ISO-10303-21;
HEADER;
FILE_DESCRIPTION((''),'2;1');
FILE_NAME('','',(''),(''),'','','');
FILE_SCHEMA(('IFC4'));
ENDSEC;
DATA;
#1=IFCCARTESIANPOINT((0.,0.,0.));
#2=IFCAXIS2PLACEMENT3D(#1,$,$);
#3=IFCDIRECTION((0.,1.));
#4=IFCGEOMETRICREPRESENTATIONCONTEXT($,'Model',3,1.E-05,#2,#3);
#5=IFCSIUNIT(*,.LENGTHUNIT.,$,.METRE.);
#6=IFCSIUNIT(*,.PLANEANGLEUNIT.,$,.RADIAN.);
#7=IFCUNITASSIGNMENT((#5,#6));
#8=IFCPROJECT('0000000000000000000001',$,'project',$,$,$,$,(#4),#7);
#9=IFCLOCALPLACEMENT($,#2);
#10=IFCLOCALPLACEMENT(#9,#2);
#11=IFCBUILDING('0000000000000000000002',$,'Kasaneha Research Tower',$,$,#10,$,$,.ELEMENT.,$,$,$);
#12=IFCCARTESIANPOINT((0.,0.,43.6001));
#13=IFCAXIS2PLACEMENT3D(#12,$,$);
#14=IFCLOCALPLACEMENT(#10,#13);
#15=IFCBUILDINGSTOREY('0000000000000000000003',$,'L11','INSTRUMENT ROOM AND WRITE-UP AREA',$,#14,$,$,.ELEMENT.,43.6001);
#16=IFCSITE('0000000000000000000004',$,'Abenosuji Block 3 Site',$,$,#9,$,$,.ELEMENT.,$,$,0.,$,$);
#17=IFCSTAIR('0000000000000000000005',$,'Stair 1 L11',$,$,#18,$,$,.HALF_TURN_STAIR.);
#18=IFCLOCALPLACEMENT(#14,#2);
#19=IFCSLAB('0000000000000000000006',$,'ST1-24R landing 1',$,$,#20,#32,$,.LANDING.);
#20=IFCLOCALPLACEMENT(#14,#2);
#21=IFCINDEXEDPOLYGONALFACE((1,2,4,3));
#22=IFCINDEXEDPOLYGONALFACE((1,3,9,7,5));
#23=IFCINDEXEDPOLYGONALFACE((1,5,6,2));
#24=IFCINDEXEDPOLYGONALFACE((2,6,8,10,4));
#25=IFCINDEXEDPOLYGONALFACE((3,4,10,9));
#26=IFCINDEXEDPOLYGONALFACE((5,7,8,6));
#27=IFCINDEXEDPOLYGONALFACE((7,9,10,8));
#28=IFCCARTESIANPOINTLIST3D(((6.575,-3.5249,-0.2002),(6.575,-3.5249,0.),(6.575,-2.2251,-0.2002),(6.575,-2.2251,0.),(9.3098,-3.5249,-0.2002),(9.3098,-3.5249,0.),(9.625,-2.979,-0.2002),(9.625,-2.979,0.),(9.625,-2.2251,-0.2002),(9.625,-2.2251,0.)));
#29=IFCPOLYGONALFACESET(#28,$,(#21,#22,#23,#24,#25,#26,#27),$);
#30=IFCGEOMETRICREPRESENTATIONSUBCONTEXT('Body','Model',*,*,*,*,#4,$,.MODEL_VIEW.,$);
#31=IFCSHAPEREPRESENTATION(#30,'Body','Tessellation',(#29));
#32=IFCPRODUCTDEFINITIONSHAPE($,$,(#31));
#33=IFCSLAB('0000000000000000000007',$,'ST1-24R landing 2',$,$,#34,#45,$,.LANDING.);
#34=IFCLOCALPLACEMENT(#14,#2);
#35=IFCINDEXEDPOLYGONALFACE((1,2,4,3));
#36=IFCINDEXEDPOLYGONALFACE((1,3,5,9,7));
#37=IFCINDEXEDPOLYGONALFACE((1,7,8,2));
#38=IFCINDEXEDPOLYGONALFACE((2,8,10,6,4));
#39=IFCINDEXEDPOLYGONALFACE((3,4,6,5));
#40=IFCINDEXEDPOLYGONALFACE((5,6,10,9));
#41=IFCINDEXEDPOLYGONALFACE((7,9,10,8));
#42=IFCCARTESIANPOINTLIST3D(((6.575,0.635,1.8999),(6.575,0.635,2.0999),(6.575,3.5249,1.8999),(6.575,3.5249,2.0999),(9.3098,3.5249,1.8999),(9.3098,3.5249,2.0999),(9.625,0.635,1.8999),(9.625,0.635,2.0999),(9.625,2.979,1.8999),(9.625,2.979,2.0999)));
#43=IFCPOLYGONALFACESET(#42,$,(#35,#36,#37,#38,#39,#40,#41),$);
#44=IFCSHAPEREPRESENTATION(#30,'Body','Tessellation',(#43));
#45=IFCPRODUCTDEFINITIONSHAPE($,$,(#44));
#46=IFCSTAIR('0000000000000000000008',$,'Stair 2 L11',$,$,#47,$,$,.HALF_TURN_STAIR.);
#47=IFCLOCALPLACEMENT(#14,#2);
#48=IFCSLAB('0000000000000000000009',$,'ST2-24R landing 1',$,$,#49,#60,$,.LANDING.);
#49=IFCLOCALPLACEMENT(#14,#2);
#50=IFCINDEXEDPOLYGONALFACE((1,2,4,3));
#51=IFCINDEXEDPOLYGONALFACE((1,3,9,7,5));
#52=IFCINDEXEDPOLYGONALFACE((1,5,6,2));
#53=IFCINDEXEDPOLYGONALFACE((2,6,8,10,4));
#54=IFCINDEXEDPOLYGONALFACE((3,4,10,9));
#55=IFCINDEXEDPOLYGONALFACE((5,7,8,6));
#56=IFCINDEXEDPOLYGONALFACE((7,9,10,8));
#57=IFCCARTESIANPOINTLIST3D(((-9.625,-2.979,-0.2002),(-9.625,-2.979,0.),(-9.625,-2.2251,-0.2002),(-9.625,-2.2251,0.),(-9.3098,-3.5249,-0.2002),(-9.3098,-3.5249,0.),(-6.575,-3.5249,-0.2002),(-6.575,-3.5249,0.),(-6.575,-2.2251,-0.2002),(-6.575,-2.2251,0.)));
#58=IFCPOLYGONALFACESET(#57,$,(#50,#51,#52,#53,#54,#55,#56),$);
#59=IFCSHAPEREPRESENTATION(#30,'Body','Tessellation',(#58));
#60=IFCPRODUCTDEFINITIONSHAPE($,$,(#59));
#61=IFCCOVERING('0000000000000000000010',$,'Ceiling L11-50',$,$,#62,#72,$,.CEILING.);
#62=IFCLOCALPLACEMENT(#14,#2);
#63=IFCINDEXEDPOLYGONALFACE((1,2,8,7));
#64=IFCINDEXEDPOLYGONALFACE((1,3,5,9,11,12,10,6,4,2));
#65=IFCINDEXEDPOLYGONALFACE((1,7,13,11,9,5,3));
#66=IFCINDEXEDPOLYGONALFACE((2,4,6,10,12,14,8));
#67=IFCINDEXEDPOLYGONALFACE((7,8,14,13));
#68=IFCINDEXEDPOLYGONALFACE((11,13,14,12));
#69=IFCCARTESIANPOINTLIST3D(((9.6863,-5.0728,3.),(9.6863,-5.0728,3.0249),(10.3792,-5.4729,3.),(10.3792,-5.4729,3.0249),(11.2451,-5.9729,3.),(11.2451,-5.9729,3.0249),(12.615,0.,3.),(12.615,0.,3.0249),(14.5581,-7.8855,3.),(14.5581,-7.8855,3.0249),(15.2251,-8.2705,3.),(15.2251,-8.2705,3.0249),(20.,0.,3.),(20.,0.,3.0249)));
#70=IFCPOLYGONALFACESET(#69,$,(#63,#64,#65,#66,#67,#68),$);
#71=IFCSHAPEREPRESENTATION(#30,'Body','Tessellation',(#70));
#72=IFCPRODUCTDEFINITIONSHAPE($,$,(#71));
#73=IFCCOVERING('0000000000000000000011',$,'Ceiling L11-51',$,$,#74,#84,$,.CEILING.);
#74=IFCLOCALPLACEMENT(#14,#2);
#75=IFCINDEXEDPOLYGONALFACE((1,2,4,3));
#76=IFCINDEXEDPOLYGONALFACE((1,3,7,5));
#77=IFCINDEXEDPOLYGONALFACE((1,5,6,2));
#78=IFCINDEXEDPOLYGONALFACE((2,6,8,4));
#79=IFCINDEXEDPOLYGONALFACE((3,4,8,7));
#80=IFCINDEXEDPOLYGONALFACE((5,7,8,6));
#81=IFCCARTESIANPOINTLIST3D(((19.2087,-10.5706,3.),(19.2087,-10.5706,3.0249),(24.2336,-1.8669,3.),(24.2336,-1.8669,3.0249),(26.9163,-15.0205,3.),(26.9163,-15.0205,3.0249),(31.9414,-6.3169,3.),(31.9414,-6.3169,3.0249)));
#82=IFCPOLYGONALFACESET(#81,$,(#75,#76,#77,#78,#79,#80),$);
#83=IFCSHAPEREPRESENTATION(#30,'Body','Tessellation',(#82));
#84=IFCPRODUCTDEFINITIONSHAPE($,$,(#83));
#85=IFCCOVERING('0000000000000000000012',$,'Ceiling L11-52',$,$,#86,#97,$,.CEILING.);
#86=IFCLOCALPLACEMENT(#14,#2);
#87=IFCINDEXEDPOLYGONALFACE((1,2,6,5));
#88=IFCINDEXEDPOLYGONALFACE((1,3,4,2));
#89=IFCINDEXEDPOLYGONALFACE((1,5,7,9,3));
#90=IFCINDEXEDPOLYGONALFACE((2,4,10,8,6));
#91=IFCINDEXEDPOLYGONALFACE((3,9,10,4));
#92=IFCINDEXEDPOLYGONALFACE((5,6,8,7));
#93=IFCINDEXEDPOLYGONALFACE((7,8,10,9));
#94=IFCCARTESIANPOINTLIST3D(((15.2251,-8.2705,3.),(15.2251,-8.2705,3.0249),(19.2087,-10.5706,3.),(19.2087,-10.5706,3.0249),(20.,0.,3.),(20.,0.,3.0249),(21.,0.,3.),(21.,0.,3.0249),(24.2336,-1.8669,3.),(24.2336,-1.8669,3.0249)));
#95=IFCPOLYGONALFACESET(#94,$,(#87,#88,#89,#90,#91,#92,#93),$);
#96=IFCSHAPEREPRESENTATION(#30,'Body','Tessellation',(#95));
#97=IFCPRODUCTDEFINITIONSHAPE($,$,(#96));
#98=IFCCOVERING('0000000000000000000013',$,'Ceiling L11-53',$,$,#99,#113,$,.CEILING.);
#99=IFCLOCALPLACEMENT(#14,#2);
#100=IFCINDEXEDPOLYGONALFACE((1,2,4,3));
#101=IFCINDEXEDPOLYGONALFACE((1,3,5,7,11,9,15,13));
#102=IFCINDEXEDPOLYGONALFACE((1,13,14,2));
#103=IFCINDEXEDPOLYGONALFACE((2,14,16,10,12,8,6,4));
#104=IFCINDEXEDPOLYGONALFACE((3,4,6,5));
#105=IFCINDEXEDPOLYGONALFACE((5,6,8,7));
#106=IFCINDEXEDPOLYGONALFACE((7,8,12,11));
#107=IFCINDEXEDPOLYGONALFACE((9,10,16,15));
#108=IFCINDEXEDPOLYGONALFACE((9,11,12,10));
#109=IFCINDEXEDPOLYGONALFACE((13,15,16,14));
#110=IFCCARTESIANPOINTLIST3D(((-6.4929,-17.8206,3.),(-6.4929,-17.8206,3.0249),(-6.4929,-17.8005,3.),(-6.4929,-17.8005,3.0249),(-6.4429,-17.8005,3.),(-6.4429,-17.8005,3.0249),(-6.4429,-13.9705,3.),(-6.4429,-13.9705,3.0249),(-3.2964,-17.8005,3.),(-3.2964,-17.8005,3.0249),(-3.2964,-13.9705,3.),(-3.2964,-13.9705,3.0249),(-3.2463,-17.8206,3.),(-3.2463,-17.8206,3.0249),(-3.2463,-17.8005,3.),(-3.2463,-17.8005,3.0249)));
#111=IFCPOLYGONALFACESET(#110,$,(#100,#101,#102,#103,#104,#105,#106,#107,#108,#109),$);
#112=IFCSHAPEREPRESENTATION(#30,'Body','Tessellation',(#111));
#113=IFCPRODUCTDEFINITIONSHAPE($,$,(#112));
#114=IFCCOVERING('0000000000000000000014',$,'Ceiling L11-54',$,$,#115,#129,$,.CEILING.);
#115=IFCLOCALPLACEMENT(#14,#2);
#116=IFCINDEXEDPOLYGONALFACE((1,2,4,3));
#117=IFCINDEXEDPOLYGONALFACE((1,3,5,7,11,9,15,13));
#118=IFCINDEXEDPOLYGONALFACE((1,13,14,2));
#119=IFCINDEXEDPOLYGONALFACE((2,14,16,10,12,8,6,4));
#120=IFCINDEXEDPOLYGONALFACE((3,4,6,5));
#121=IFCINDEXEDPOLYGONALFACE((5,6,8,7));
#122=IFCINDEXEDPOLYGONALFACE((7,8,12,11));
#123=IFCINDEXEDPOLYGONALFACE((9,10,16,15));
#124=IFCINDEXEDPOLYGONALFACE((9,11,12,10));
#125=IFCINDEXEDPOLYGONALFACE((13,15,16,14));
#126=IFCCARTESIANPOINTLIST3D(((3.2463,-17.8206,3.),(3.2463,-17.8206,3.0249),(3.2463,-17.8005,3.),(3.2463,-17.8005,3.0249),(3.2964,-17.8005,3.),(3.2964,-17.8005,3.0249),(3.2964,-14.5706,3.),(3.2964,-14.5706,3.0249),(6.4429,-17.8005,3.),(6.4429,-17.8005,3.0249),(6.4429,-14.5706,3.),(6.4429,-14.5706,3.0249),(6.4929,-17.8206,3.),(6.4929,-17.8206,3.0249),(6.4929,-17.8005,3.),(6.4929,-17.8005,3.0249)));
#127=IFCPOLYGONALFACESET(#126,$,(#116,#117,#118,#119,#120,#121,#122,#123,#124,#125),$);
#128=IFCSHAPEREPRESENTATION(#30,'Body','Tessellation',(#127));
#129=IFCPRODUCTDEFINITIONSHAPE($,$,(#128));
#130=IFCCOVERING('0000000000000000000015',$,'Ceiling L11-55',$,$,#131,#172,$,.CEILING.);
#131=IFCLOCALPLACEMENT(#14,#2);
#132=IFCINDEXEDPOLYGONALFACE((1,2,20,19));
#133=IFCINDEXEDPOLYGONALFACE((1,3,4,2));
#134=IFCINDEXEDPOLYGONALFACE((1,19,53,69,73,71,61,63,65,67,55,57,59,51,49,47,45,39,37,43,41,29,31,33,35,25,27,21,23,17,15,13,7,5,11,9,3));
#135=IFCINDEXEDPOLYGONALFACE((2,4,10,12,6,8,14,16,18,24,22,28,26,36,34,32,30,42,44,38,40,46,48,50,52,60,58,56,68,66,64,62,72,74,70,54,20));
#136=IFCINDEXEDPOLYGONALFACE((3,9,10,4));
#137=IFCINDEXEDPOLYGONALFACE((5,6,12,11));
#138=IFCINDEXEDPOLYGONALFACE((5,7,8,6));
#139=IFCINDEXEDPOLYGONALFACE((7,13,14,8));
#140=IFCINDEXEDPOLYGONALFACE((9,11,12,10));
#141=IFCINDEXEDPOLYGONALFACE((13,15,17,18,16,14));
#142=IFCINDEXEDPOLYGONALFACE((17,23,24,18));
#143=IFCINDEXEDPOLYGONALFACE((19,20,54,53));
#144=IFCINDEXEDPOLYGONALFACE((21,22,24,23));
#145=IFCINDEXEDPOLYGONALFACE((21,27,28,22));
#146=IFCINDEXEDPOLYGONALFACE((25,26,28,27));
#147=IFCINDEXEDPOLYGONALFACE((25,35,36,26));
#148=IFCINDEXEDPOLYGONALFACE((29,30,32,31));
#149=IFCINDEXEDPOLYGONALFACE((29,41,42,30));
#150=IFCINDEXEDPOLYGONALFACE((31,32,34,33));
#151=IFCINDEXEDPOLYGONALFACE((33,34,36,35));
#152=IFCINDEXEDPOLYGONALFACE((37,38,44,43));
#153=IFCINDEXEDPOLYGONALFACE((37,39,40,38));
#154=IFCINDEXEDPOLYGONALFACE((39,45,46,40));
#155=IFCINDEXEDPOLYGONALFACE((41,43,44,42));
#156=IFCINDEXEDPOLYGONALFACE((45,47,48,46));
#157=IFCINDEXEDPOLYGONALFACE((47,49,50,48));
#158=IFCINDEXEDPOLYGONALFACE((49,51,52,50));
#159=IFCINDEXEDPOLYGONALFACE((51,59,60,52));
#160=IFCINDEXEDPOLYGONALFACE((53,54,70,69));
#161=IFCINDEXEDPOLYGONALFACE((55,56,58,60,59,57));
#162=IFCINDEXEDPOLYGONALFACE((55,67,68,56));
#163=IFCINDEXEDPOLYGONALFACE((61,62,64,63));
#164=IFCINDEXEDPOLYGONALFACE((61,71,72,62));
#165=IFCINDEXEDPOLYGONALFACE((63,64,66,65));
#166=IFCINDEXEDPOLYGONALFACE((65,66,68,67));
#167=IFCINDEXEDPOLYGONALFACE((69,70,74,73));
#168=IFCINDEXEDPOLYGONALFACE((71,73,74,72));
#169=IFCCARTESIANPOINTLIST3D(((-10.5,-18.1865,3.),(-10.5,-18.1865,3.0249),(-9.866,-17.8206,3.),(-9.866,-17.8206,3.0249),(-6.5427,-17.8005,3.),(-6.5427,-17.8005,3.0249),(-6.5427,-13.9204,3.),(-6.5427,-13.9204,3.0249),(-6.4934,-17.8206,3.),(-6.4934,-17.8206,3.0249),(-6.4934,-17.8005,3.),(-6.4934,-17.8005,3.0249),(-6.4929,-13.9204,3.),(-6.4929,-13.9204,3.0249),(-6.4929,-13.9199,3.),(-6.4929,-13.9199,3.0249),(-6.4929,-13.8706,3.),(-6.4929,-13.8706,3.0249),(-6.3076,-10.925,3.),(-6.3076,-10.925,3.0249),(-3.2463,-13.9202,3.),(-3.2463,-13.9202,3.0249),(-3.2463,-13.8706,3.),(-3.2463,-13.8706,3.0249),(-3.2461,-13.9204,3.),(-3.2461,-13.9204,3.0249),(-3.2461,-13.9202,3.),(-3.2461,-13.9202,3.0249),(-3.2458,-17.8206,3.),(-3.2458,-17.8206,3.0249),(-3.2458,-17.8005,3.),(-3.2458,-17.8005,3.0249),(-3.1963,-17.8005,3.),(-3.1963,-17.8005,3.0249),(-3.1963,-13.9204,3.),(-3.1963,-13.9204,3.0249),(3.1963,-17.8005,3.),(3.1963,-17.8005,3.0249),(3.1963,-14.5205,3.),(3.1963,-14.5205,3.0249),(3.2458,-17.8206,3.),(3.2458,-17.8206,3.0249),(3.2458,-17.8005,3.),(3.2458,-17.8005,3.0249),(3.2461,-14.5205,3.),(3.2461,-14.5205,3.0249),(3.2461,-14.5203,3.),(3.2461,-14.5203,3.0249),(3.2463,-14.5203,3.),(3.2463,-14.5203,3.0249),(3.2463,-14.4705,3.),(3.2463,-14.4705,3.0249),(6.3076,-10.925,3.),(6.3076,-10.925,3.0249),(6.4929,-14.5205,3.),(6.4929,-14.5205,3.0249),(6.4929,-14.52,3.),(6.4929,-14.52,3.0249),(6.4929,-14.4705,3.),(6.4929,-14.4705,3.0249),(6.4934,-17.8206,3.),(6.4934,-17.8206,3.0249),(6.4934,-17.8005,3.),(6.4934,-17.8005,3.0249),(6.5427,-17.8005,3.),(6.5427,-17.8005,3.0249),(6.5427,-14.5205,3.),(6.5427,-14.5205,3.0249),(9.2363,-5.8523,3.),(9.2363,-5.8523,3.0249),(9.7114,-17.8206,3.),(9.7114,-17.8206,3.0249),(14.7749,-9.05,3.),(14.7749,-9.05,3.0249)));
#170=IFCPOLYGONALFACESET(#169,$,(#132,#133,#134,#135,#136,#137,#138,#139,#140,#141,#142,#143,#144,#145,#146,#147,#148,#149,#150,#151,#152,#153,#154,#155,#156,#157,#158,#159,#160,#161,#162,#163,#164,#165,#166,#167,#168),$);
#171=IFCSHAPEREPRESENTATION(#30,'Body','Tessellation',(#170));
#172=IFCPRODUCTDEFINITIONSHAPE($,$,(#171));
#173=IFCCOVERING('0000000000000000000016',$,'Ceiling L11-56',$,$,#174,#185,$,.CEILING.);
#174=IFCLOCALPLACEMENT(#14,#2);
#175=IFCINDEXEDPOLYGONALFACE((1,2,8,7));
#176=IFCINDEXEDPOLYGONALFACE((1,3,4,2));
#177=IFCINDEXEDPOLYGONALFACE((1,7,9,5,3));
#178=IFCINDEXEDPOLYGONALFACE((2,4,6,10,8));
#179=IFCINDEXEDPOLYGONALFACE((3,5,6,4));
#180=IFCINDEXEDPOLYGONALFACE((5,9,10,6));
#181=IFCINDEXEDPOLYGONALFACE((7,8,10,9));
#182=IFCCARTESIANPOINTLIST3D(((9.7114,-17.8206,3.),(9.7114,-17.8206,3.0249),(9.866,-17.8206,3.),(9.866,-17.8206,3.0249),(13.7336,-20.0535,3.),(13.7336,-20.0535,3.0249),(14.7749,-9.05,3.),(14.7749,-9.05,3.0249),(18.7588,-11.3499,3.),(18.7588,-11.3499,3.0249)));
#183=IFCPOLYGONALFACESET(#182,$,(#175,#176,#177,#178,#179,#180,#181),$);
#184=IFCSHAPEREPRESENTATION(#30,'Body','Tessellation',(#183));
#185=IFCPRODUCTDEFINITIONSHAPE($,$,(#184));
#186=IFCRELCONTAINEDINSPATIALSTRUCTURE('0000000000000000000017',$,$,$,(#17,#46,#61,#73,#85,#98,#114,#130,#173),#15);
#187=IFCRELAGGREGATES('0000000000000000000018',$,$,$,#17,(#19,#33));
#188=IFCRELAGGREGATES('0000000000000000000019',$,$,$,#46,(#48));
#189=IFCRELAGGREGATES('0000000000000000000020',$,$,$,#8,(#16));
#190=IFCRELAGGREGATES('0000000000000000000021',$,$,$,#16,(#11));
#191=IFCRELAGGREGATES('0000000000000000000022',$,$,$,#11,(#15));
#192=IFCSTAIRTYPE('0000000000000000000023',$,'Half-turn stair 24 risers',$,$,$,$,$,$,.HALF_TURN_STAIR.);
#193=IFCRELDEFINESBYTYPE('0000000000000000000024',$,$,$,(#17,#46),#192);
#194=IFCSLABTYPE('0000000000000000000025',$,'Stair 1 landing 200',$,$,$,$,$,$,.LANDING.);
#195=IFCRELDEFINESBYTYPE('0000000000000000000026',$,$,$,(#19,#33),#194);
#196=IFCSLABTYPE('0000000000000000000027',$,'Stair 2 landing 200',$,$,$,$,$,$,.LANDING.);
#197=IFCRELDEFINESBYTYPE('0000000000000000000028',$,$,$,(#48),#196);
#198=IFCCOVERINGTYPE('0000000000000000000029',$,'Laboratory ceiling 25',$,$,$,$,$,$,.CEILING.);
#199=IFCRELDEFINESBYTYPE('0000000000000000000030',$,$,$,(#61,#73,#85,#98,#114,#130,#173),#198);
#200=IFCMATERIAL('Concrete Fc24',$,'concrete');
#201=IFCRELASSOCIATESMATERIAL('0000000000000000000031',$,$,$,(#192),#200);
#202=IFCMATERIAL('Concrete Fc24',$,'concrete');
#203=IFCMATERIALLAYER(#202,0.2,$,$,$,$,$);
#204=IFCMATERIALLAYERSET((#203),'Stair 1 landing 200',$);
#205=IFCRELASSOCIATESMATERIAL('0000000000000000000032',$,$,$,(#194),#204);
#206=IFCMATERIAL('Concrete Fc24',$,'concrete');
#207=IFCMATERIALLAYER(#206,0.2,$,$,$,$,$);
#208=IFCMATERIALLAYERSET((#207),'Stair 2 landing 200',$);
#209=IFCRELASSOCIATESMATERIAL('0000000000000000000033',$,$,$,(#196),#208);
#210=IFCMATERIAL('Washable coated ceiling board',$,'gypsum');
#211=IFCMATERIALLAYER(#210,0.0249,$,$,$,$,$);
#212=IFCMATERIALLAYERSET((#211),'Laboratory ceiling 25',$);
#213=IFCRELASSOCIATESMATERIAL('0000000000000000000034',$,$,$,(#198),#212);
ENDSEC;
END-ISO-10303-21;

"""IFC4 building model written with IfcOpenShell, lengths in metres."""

from ifc_helpers import new_model, si_unit, direction, frame, origin, place, context, subcontext, project, spatial, polyline, outline, extrude, material, layer, layer_set, type_object, element, aggregate, save


model = new_model("IFC4")

# Units and contexts
model_context = context("Model", 3, precision=1e-05, world=origin(), true_north=direction((0.0, 1.0)))
body_context = subcontext(model_context, "Body", "Model", "MODEL_VIEW")
ifc_project = project(units=[si_unit("LENGTHUNIT", "METRE"), si_unit("PLANEANGLEUNIT", "RADIAN")], contexts=[model_context])

# Site, building, storey
site_placement = place(None, origin())
site = spatial("IfcSite", under=ifc_project, at=site_placement, Name="Abenosuji Block 3 Site", CompositionType="ELEMENT", RefElevation=0.0)
building_placement = place(site_placement, origin())
building = spatial("IfcBuilding", under=site, at=building_placement, Name="Kasaneha Research Tower", CompositionType="ELEMENT")
storey_placement = place(building_placement, frame((0.0, 0.0, 43.6001)))
storey = spatial("IfcBuildingStorey", under=building, at=storey_placement, Name="L11", Description="INSTRUMENT ROOM AND WRITE-UP AREA", CompositionType="ELEMENT", Elevation=43.6001)

# Stair, slabs
ifc_material_1 = material(Name="Concrete Fc24", Category="concrete")
stair_type = type_object("IfcStairType", Name="Half-turn stair 24 risers", PredefinedType="HALF_TURN_STAIR", material=ifc_material_1)
stair_1_placement = place(storey_placement, origin())
stair_1 = element("IfcStair", 1, at=stair_1_placement, inside=storey, type_object=stair_type, Name="Stair 1 L11", PredefinedType="HALF_TURN_STAIR")
ifc_material_2 = material(Name="Concrete Fc24", Category="concrete")
ifc_layer_1 = layer(ifc_material_2, 0.2)
ifc_layer_set_1 = layer_set([ifc_layer_1], Name="Stair 1 landing 200")
slab_type_1 = type_object("IfcSlabType", Name="Stair 1 landing 200", PredefinedType="LANDING", material=ifc_layer_set_1)
slab_1_placement = place(storey_placement, frame((0.0, 0.0, -0.2002)))
slab_1 = element("IfcSlab", 2, at=slab_1_placement, type_object=slab_type_1, Name="ST1-24R landing 1", PredefinedType="LANDING", context=body_context, shape_type="SweptSolid", body=[
    extrude(outline(polyline([(9.3098, -3.5249), (6.575, -3.5249), (6.575, -2.2251), (9.625, -2.2251), (9.625, -2.979), (9.3098, -3.5249)])), origin(), (0.0, 0.0, 1.0), 0.2002),
])
slab_2_placement = place(storey_placement, frame((0.0, 0.0, 1.8999)))
slab_2 = element("IfcSlab", 3, at=slab_2_placement, type_object=slab_type_1, Name="ST1-24R landing 2", PredefinedType="LANDING", context=body_context, shape_type="SweptSolid", body=[
    extrude(outline(polyline([(6.575, 3.5249), (9.3098, 3.5249), (9.625, 2.979), (9.625, 0.635), (6.575, 0.635), (6.575, 3.5249)])), origin(), (0.0, 0.0, 1.0), 0.2),
])
aggregate(stair_1, [slab_1, slab_2])

# Stair, slab
stair_2_placement = place(storey_placement, origin())
stair_2 = element("IfcStair", 4, at=stair_2_placement, inside=storey, type_object=stair_type, Name="Stair 2 L11", PredefinedType="HALF_TURN_STAIR")
ifc_material_3 = material(Name="Concrete Fc24", Category="concrete")
ifc_layer_2 = layer(ifc_material_3, 0.2)
ifc_layer_set_2 = layer_set([ifc_layer_2], Name="Stair 2 landing 200")
slab_type_2 = type_object("IfcSlabType", Name="Stair 2 landing 200", PredefinedType="LANDING", material=ifc_layer_set_2)
slab_3_placement = place(storey_placement, frame((0.0, 0.0, -0.2002)))
slab_3 = element("IfcSlab", 5, at=slab_3_placement, type_object=slab_type_2, Name="ST2-24R landing 1", PredefinedType="LANDING", context=body_context, shape_type="SweptSolid", body=[
    extrude(outline(polyline([(-6.575, -3.5249), (-9.3098, -3.5249), (-9.625, -2.979), (-9.625, -2.2251), (-6.575, -2.2251), (-6.575, -3.5249)])), origin(), (0.0, 0.0, 1.0), 0.2002),
])
aggregate(stair_2, [slab_3])

# Coverings
ifc_material_4 = material(Name="Washable coated ceiling board", Category="gypsum")
ifc_layer_3 = layer(ifc_material_4, 0.0249)
ifc_layer_set_3 = layer_set([ifc_layer_3], Name="Laboratory ceiling 25")
covering_type_1 = type_object("IfcCoveringType", Name="Laboratory ceiling 25", PredefinedType="CEILING", material=ifc_layer_set_3)
covering_1_placement = place(storey_placement, frame((0.0, 0.0, 3.0)))
element("IfcCovering", 6, at=covering_1_placement, inside=storey, type_object=covering_type_1, Name="Ceiling L11-50", PredefinedType="CEILING", context=body_context, shape_type="SweptSolid", body=[
    extrude(outline(polyline([(11.2451, -5.9729), (10.3792, -5.4729), (9.6863, -5.0728), (12.615, 0.0), (20.0, 0.0), (15.2251, -8.2705), (14.5581, -7.8855), (11.2451, -5.9729)])), origin(), (0.0, 0.0, 1.0), 0.0249),
])
covering_2_placement = place(storey_placement, frame((0.0, 0.0, 3.0)))
element("IfcCovering", 7, at=covering_2_placement, inside=storey, type_object=covering_type_1, Name="Ceiling L11-51", PredefinedType="CEILING", context=body_context, shape_type="SweptSolid", body=[
    extrude(outline(polyline([(24.2336, -1.8669), (31.9414, -6.3169), (26.9163, -15.0205), (19.2087, -10.5706), (24.2336, -1.8669)])), origin(), (0.0, 0.0, 1.0), 0.0249),
])
covering_3_placement = place(storey_placement, frame((0.0, 0.0, 3.0)))
element("IfcCovering", 8, at=covering_3_placement, inside=storey, type_object=covering_type_1, Name="Ceiling L11-52", PredefinedType="CEILING", context=body_context, shape_type="SweptSolid", body=[
    extrude(outline(polyline([(20.0, 0.0), (21.0, 0.0), (24.2336, -1.8669), (19.2087, -10.5706), (15.2251, -8.2705), (20.0, 0.0)])), origin(), (0.0, 0.0, 1.0), 0.0249),
])
covering_4_placement = place(storey_placement, frame((0.0, 0.0, 3.0)))
element("IfcCovering", 9, at=covering_4_placement, inside=storey, type_object=covering_type_1, Name="Ceiling L11-53", PredefinedType="CEILING", context=body_context, shape_type="SweptSolid", body=[
    extrude(outline(polyline([(-6.4929, -17.8206), (-6.4929, -17.8005), (-6.4429, -17.8005), (-6.4429, -13.9705), (-3.2964, -13.9705), (-3.2964, -17.8005), (-3.2463, -17.8005), (-3.2463, -17.8206), (-6.4929, -17.8206)])), origin(), (0.0, 0.0, 1.0), 0.0249),
])
covering_5_placement = place(storey_placement, frame((0.0, 0.0, 3.0)))
element("IfcCovering", 10, at=covering_5_placement, inside=storey, type_object=covering_type_1, Name="Ceiling L11-54", PredefinedType="CEILING", context=body_context, shape_type="SweptSolid", body=[
    extrude(outline(polyline([(3.2463, -17.8206), (3.2463, -17.8005), (3.2964, -17.8005), (3.2964, -14.5706), (6.4429, -14.5706), (6.4429, -17.8005), (6.4929, -17.8005), (6.4929, -17.8206), (3.2463, -17.8206)])), origin(), (0.0, 0.0, 1.0), 0.0249),
])
covering_6_placement = place(storey_placement, frame((0.0, 0.0, 3.0)))
element("IfcCovering", 11, at=covering_6_placement, inside=storey, type_object=covering_type_1, Name="Ceiling L11-55", PredefinedType="CEILING", context=body_context, shape_type="SweptSolid", body=[
    extrude(outline(polyline([(6.4929, -14.52), (6.4929, -14.4705), (3.2463, -14.4705), (3.2463, -14.5203), (3.2461, -14.5203), (3.2461, -14.5205), (3.1963, -14.5205), (3.1963, -17.8005), (3.2458, -17.8005), (3.2458, -17.8206), (-3.2458, -17.8206), (-3.2458, -17.8005), (-3.1963, -17.8005), (-3.1963, -13.9204), (-3.2461, -13.9204), (-3.2461, -13.9202), (-3.2463, -13.9202), (-3.2463, -13.8706), (-6.4929, -13.8706), (-6.4929, -13.9199), (-6.4929, -13.9199), (-6.4929, -13.9204), (-6.5427, -13.9204), (-6.5427, -17.8005), (-6.4934, -17.8005), (-6.4934, -17.8206), (-9.866, -17.8206), (-10.5, -18.1865), (-6.3076, -10.925), (6.3076, -10.925), (9.2363, -5.8523), (14.7749, -9.05), (9.7114, -17.8206), (6.4934, -17.8206), (6.4934, -17.8005), (6.5427, -17.8005), (6.5427, -14.5205), (6.4929, -14.5205), (6.4929, -14.52), (6.4929, -14.52)])), origin(), (0.0, 0.0, 1.0), 0.0249),
])
covering_7_placement = place(storey_placement, frame((0.0, 0.0, 3.0)))
element("IfcCovering", 12, at=covering_7_placement, inside=storey, type_object=covering_type_1, Name="Ceiling L11-56", PredefinedType="CEILING", context=body_context, shape_type="SweptSolid", body=[
    extrude(outline(polyline([(14.7749, -9.05), (18.7588, -11.3499), (13.7336, -20.0535), (9.866, -17.8206), (9.7114, -17.8206), (14.7749, -9.05)])), origin(), (0.0, 0.0, 1.0), 0.0249),
])

save(model, "model.ifc")
